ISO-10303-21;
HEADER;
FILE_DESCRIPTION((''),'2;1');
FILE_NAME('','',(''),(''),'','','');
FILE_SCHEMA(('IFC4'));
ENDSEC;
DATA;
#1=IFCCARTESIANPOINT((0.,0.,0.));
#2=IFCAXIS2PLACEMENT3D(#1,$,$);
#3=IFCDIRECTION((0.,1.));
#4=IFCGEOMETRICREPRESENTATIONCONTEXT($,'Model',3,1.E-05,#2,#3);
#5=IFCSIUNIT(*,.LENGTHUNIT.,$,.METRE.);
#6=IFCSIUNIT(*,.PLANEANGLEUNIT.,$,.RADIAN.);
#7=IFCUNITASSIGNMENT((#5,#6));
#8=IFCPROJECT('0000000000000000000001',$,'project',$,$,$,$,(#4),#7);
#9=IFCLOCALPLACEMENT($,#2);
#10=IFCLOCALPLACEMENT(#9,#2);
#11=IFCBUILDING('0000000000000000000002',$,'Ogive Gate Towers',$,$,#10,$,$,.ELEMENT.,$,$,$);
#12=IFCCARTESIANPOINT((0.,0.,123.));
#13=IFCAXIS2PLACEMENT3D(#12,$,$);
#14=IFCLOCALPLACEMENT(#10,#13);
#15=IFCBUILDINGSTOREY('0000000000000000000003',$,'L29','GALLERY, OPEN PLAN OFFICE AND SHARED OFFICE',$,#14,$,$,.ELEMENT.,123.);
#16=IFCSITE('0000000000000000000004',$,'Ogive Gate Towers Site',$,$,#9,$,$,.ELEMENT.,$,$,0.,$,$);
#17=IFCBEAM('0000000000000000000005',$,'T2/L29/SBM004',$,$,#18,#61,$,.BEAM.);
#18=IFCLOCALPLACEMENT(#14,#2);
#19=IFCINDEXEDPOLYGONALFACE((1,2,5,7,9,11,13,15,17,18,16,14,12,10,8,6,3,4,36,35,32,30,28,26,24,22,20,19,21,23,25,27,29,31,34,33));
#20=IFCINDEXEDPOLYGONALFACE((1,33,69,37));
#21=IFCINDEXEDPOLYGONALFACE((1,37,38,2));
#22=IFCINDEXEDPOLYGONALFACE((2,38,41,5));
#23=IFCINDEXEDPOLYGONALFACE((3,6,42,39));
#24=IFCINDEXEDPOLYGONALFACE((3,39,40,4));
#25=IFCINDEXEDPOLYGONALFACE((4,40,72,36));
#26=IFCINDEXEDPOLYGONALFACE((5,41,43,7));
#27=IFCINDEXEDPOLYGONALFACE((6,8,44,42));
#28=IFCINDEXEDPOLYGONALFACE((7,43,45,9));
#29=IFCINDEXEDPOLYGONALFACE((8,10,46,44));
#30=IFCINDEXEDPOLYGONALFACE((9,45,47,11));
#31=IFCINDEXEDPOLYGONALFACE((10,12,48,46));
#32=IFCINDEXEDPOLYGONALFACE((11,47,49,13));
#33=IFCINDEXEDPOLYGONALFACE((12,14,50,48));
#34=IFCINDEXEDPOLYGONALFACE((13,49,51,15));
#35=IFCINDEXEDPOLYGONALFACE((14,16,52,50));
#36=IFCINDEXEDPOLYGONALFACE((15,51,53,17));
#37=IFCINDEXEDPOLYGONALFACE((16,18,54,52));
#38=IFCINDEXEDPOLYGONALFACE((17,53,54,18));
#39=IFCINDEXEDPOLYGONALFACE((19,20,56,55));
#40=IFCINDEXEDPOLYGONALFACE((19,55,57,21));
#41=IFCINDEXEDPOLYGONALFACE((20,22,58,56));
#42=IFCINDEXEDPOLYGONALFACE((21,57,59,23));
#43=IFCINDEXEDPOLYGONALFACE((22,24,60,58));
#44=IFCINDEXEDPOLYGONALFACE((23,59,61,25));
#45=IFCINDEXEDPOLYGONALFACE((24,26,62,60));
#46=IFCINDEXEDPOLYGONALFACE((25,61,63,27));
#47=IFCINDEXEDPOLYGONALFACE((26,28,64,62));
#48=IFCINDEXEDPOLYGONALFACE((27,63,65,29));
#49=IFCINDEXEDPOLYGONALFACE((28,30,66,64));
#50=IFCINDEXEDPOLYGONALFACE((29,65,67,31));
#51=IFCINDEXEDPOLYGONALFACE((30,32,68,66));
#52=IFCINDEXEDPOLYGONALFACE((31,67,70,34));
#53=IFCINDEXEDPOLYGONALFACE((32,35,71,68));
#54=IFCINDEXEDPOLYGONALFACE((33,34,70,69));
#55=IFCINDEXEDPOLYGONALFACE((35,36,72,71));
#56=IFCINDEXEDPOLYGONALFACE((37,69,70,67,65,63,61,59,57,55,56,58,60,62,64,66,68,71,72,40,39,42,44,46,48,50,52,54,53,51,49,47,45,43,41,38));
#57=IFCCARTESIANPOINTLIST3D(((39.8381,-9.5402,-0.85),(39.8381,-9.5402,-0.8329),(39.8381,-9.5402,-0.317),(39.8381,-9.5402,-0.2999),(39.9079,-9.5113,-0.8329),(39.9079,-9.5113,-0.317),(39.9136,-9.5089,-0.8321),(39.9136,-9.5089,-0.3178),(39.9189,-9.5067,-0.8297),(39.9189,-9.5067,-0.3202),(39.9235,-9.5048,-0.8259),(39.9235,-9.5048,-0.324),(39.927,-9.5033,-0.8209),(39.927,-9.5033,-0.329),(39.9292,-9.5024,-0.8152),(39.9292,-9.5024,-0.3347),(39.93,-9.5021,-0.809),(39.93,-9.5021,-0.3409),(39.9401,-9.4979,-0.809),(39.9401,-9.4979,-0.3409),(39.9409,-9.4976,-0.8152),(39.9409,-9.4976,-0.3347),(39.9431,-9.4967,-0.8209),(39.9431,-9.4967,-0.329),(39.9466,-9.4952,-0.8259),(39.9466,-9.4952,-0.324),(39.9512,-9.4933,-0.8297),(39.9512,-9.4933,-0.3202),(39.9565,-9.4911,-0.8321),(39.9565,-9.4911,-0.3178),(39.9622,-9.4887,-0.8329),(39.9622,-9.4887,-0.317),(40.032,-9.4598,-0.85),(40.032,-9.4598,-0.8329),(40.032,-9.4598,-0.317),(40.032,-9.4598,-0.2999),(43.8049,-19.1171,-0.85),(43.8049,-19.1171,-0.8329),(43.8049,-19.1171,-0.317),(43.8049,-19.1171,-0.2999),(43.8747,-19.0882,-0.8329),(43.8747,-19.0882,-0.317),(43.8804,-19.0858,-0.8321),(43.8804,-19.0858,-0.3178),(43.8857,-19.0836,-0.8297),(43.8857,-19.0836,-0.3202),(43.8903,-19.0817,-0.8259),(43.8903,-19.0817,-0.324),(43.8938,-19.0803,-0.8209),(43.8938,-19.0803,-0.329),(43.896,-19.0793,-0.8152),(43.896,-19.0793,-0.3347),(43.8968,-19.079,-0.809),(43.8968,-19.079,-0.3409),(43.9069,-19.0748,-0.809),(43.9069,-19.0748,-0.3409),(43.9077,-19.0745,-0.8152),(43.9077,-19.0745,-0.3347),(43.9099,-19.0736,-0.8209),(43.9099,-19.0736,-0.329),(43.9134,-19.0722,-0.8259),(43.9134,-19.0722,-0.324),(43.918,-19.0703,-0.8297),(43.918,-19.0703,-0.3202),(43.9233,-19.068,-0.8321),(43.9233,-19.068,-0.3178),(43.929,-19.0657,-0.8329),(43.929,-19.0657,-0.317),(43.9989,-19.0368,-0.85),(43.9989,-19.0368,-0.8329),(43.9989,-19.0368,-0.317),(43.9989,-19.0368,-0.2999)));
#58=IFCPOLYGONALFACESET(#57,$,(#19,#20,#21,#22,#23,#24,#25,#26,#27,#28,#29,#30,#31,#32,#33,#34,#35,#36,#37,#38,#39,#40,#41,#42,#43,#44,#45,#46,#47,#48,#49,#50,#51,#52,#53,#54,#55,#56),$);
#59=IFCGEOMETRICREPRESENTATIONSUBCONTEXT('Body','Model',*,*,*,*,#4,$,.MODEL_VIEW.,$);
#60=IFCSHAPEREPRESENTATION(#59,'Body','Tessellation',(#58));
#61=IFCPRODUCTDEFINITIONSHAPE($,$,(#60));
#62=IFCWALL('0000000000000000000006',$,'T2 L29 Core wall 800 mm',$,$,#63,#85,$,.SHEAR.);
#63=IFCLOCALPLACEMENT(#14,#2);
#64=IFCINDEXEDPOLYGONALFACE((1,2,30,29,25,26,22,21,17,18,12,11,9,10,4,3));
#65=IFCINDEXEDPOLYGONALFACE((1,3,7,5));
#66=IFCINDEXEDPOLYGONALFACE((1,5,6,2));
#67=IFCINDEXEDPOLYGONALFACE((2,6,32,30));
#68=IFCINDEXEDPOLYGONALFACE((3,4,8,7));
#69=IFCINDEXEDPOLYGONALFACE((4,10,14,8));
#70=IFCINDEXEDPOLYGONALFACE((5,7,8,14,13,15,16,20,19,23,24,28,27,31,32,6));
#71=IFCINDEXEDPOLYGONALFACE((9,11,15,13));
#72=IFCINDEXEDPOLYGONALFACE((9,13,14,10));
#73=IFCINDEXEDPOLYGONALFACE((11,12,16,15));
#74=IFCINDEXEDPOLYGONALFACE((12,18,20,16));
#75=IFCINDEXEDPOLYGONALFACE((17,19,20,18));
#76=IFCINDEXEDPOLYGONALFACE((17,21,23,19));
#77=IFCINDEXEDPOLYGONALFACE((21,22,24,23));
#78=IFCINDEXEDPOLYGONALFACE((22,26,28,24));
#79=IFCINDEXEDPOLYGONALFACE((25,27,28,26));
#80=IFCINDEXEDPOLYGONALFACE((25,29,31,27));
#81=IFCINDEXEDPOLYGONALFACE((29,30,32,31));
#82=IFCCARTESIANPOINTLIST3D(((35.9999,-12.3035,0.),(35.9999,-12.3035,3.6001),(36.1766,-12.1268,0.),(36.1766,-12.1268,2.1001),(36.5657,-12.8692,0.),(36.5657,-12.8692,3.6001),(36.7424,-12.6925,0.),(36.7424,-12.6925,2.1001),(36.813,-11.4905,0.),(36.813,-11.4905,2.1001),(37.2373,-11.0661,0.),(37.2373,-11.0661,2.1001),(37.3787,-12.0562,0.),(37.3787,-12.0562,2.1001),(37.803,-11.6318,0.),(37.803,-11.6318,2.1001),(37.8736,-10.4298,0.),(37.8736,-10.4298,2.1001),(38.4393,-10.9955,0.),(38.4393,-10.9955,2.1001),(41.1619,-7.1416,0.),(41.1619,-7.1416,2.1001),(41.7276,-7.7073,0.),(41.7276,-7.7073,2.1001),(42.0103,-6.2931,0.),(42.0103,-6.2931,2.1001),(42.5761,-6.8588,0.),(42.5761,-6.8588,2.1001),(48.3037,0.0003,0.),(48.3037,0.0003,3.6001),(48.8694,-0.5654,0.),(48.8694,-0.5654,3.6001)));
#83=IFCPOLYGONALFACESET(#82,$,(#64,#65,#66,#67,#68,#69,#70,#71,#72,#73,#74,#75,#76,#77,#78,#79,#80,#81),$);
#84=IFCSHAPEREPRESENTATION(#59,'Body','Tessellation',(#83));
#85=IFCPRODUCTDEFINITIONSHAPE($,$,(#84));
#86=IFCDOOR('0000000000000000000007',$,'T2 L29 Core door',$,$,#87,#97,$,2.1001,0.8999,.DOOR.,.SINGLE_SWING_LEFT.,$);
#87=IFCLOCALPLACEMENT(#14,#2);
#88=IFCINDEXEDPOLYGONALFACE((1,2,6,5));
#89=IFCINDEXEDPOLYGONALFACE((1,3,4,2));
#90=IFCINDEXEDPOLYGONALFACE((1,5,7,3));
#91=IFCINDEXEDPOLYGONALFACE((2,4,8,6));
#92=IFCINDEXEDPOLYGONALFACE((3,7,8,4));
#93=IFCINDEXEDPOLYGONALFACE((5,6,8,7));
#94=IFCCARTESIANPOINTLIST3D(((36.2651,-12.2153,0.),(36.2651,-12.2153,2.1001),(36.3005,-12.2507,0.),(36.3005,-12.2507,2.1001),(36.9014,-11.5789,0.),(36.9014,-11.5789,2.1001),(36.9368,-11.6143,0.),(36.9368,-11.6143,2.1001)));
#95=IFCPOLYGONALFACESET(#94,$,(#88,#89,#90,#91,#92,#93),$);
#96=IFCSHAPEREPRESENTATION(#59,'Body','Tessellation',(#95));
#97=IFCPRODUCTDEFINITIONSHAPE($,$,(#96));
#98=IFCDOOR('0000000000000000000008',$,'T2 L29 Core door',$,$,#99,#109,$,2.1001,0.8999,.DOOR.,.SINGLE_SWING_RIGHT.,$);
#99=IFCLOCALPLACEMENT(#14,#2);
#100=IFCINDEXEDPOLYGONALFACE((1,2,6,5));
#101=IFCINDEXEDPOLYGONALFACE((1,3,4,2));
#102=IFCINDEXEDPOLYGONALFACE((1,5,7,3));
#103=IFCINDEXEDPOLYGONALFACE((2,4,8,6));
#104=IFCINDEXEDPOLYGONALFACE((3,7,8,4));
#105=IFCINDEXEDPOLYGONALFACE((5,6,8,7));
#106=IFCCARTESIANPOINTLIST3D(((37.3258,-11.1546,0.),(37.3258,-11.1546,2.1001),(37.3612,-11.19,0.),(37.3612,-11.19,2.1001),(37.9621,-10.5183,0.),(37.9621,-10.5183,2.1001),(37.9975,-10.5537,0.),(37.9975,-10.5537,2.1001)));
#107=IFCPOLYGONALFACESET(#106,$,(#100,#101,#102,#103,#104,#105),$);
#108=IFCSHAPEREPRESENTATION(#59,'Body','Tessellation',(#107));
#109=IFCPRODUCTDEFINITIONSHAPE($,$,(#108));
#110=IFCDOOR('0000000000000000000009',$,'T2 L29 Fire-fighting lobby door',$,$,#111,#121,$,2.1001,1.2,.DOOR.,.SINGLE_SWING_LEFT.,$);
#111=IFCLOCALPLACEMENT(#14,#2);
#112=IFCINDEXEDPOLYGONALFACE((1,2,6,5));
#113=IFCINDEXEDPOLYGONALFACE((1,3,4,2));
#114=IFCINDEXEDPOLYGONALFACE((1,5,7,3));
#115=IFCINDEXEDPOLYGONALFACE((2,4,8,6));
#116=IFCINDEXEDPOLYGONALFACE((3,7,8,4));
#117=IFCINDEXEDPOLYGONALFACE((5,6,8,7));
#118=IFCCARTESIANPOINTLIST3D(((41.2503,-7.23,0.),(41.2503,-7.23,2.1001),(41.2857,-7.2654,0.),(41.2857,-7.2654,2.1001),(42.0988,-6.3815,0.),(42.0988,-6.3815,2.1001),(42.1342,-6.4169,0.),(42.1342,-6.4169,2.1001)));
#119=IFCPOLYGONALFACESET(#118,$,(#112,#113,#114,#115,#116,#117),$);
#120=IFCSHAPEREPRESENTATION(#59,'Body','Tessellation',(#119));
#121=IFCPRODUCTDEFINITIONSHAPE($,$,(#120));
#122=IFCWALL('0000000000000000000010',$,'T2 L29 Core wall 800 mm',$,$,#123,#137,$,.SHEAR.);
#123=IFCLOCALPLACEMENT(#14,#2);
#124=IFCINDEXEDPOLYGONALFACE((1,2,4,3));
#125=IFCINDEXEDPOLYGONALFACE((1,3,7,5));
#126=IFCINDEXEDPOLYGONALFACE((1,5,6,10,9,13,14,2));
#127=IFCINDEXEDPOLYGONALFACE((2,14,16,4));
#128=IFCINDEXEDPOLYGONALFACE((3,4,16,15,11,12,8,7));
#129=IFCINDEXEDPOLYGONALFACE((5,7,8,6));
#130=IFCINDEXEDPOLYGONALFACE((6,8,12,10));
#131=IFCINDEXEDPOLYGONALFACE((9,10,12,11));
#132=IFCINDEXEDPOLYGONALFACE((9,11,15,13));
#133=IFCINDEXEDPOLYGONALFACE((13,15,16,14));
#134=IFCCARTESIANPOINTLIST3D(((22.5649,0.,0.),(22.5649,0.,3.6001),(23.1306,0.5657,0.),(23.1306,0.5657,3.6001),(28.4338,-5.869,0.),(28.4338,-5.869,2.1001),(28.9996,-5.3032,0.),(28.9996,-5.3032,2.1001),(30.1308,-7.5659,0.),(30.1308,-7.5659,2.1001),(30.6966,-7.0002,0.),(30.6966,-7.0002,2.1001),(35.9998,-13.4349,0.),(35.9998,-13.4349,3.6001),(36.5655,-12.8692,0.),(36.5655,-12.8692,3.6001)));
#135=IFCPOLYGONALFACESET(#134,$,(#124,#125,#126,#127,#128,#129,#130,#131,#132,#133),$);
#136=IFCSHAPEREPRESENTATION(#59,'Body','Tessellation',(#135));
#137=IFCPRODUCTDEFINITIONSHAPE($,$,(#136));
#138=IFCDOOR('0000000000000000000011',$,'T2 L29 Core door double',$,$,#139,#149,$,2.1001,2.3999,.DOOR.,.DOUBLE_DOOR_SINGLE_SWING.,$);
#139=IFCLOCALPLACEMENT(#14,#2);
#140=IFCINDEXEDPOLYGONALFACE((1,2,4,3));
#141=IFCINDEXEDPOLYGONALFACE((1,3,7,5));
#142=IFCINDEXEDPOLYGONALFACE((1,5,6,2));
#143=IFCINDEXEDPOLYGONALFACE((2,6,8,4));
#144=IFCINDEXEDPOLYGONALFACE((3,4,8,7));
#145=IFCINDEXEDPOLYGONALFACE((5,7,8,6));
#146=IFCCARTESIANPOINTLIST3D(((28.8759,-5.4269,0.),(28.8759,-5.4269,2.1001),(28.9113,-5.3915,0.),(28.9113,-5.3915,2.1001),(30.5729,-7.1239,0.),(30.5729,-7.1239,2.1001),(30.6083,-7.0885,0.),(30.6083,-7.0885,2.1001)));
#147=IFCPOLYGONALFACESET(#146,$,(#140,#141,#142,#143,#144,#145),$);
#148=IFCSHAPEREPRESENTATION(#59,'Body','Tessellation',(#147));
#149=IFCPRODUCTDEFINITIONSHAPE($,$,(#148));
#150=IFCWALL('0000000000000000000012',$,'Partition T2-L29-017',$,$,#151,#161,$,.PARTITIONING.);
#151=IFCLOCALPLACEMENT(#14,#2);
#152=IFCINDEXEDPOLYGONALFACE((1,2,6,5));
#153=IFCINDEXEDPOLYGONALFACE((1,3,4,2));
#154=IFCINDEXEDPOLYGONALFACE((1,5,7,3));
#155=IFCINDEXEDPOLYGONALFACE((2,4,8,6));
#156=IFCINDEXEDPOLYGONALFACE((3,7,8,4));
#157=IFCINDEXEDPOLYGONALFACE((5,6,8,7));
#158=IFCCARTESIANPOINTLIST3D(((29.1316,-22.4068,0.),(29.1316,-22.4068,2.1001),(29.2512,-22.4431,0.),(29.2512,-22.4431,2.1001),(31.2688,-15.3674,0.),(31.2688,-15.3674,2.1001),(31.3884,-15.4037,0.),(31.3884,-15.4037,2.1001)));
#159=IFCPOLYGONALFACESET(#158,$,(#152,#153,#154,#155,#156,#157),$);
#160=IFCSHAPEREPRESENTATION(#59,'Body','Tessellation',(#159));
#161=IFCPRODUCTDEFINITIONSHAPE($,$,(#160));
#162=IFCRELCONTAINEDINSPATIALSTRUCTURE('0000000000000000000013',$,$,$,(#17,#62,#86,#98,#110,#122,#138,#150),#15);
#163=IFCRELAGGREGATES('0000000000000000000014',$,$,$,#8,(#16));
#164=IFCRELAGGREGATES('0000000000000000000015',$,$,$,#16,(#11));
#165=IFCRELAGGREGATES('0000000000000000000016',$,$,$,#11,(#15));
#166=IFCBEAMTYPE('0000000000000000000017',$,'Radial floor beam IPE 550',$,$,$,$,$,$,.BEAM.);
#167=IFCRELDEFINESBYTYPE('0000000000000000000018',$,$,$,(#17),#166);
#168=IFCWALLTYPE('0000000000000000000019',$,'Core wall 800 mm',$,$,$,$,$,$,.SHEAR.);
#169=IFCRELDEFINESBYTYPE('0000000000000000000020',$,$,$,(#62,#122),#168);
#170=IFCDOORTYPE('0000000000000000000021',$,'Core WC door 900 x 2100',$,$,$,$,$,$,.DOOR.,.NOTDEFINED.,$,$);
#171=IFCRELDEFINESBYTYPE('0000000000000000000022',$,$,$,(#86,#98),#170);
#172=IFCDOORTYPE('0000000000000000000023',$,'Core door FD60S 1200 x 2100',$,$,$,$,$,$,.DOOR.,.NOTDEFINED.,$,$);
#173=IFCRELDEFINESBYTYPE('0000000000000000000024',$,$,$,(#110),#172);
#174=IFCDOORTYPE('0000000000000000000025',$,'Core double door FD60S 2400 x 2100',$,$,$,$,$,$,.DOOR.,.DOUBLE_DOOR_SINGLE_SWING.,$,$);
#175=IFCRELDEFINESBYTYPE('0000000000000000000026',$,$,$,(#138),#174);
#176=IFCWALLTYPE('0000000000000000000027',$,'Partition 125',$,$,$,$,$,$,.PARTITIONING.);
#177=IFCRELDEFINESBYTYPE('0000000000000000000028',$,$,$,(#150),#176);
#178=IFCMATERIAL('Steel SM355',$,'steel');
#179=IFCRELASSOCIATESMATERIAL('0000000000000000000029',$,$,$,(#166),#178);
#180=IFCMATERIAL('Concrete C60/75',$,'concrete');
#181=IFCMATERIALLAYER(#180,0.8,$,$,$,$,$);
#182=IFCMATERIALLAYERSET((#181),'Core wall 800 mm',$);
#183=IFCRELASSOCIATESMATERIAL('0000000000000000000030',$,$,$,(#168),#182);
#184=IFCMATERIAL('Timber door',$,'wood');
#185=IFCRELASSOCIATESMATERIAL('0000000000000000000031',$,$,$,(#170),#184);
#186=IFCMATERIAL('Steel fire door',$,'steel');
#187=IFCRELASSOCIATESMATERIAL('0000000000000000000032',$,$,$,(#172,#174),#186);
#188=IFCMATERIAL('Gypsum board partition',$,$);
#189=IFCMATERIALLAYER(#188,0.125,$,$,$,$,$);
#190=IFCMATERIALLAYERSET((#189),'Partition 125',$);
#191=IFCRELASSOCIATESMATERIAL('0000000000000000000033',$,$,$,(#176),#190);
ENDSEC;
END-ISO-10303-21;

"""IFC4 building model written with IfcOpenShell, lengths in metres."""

from ifc_helpers import new_model, si_unit, direction, frame, frame_2d, origin, origin_2d, place, context, subcontext, project, spatial, rectangle, i_section, extrude, material, layer, layer_set, material_profile, profile_set, type_object, element, fill, save


model = new_model("IFC4")

# Units and contexts
model_context = context("Model", 3, precision=1e-05, world=origin(), true_north=direction((0.0, 1.0)))
body_context = subcontext(model_context, "Body", "Model", "MODEL_VIEW")
ifc_project = project(units=[si_unit("LENGTHUNIT", "METRE"), si_unit("PLANEANGLEUNIT", "RADIAN")], contexts=[model_context])

# Site, building, storey
site_placement = place(None, origin())
site = spatial("IfcSite", under=ifc_project, at=site_placement, Name="Ogive Gate Towers Site", CompositionType="ELEMENT", RefElevation=0.0)
building_placement = place(site_placement, origin())
building = spatial("IfcBuilding", under=site, at=building_placement, Name="Ogive Gate Towers", CompositionType="ELEMENT")
storey_placement = place(building_placement, frame((0.0, 0.0, 123.0)))
storey = spatial("IfcBuildingStorey", under=building, at=storey_placement, Name="L29", Description="GALLERY, OPEN PLAN OFFICE AND SHARED OFFICE", CompositionType="ELEMENT", Elevation=123.0)

# Beam
ifc_material_1 = material(Name="Steel SM355", Category="steel")
ifc_material_profile_1 = material_profile(ifc_material_1, i_section(OverallWidth=0.21, OverallDepth=0.55, WebThickness=0.011, FlangeThickness=0.0171, FilletRadius=0.0239, at=origin_2d()), Name="IPE 550")
ifc_profile_set_1 = profile_set([ifc_material_profile_1], Name="Steel SM355")
beam_type_1 = type_object("IfcBeamType", Name="Radial floor beam IPE 550", PredefinedType="BEAM", material=ifc_profile_set_1)
beam_1_placement = place(storey_placement, frame((39.9351, -9.5, -0.575), z_axis=(0.382676, -0.923882, 0.0), x_axis=(0.923882, 0.382676, 0.0)))
element("IfcBeam", 1, at=beam_1_placement, inside=storey, type_object=beam_type_1, Name="T2/L29/SBM004", PredefinedType="BEAM", context=body_context, shape_type="SweptSolid", body=[
    extrude(i_section(OverallWidth=0.21, OverallDepth=0.55, WebThickness=0.011, FlangeThickness=0.0171, FilletRadius=0.0239, at=origin_2d()), origin(), (0.0, 0.0, 1.0), 10.366),
])

# Wall, openings, doors
ifc_material_2 = material(Name="Concrete C60/75", Category="concrete")
ifc_layer_1 = layer(ifc_material_2, 0.8)
ifc_layer_set_1 = layer_set([ifc_layer_1], Name="Core wall 800 mm")
wall_type_1 = type_object("IfcWallType", Name="Core wall 800 mm", PredefinedType="SHEAR", material=ifc_layer_set_1)
wall_1_placement = place(storey_placement, frame((36.2827, -12.5864, 0.0), z_axis=(0.0, 0.0, 1.0), x_axis=(0.707107, 0.707107, 0.0)))
wall_1 = element("IfcWall", 2, at=wall_1_placement, inside=storey, type_object=wall_type_1, Name="T2 L29 Core wall 800 mm", PredefinedType="SHEAR", context=body_context, shape_type="SweptSolid", body=[
    extrude(rectangle(XDim=17.4001, YDim=0.8, at=frame_2d((8.7002, 0.0))), origin(), (0.0, 0.0, 1.0), 3.6001),
])
opening_1_placement = place(wall_1_placement, frame((7.3, 0.0, 0.0)))
opening_1 = element("IfcOpeningElement", 3, at=opening_1_placement, cuts=wall_1, PredefinedType="OPENING", context=body_context, shape_type="SweptSolid", body=[
    extrude(rectangle(XDim=1.2, YDim=2.1001, at=frame_2d((0.6001, 1.05))), frame((0.0, 0.4102, 0.0), z_axis=(0.0, -1.0, 0.0), x_axis=(1.0, 0.0, 0.0)), (0.0, 0.0, 1.0), 0.8201),
])
opening_2_placement = place(wall_1_placement, frame((0.25, 0.0, 0.0)))
opening_2 = element("IfcOpeningElement", 4, at=opening_2_placement, cuts=wall_1, PredefinedType="OPENING", context=body_context, shape_type="SweptSolid", body=[
    extrude(rectangle(XDim=0.8999, YDim=2.1001, at=frame_2d((0.45, 1.05))), frame((0.0, 0.4102, 0.0), z_axis=(0.0, -1.0, 0.0), x_axis=(1.0, 0.0, 0.0)), (0.0, 0.0, 1.0), 0.8201),
])
opening_3_placement = place(wall_1_placement, frame((1.75, 0.0, 0.0)))
opening_3 = element("IfcOpeningElement", 5, at=opening_3_placement, cuts=wall_1, PredefinedType="OPENING", context=body_context, shape_type="SweptSolid", body=[
    extrude(rectangle(XDim=0.8999, YDim=2.1001, at=frame_2d((0.45, 1.05))), frame((0.0, 0.4102, 0.0), z_axis=(0.0, -1.0, 0.0), x_axis=(1.0, 0.0, 0.0)), (0.0, 0.0, 1.0), 0.8201),
])
ifc_material_3 = material(Name="Timber door", Category="wood")
door_type_1 = type_object("IfcDoorType", Name="Core WC door 900 x 2100", OperationType="NOTDEFINED", PredefinedType="DOOR", material=ifc_material_3)
door_1_placement = place(opening_2_placement, origin())
door_1 = element("IfcDoor", 6, at=door_1_placement, inside=storey, type_object=door_type_1, Name="T2 L29 Core door", OperationType="SINGLE_SWING_LEFT", OverallHeight=2.1001, OverallWidth=0.8999, PredefinedType="DOOR", context=body_context, shape_type="SweptSolid", body=[
    extrude(rectangle(XDim=0.8999, YDim=2.1001, at=frame_2d((0.45, 1.05))), frame((0.0, 0.2749, 0.0), z_axis=(0.0, -1.0, 0.0), x_axis=(1.0, 0.0, 0.0)), (0.0, 0.0, 1.0), 0.05),
])
fill(opening_2, door_1)
door_2_placement = place(opening_3_placement, origin())
door_2 = element("IfcDoor", 7, at=door_2_placement, inside=storey, type_object=door_type_1, Name="T2 L29 Core door", OperationType="SINGLE_SWING_RIGHT", OverallHeight=2.1001, OverallWidth=0.8999, PredefinedType="DOOR", context=body_context, shape_type="SweptSolid", body=[
    extrude(rectangle(XDim=0.8999, YDim=2.1001, at=frame_2d((0.45, 1.05))), frame((0.0, 0.2749, 0.0), z_axis=(0.0, -1.0, 0.0), x_axis=(1.0, 0.0, 0.0)), (0.0, 0.0, 1.0), 0.05),
])
fill(opening_3, door_2)
ifc_material_4 = material(Name="Steel fire door", Category="steel")
door_type_2 = type_object("IfcDoorType", Name="Core door FD60S 1200 x 2100", OperationType="NOTDEFINED", PredefinedType="DOOR", material=ifc_material_4)
door_3_placement = place(opening_1_placement, origin())
door_3 = element("IfcDoor", 8, at=door_3_placement, inside=storey, type_object=door_type_2, Name="T2 L29 Fire-fighting lobby door", OperationType="SINGLE_SWING_LEFT", OverallHeight=2.1001, OverallWidth=1.2, PredefinedType="DOOR", context=body_context, shape_type="SweptSolid", body=[
    extrude(rectangle(XDim=1.2, YDim=2.1001, at=frame_2d((0.6001, 1.05))), frame((0.0, 0.2749, 0.0), z_axis=(0.0, -1.0, 0.0), x_axis=(1.0, 0.0, 0.0)), (0.0, 0.0, 1.0), 0.05),
])
fill(opening_1, door_3)

# Wall, opening, door
wall_2_placement = place(storey_placement, frame((36.2827, -13.1521, 0.0), z_axis=(0.0, 0.0, 1.0), x_axis=(-0.707107, 0.707107, 0.0)))
wall_2 = element("IfcWall", 9, at=wall_2_placement, inside=storey, type_object=wall_type_1, Name="T2 L29 Core wall 800 mm", PredefinedType="SHEAR", context=body_context, shape_type="SweptSolid", body=[
    extrude(rectangle(XDim=18.9998, YDim=0.8, at=frame_2d((9.5, 0.0))), origin(), (0.0, 0.0, 1.0), 3.6001),
])
opening_4_placement = place(wall_2_placement, frame((8.3, 0.0, 0.0)))
opening_4 = element("IfcOpeningElement", 10, at=opening_4_placement, cuts=wall_2, PredefinedType="OPENING", context=body_context, shape_type="SweptSolid", body=[
    extrude(rectangle(XDim=2.3999, YDim=2.1001, at=frame_2d((1.2, 1.05))), frame((0.0, 0.4102, 0.0), z_axis=(0.0, -1.0, 0.0), x_axis=(1.0, 0.0, 0.0)), (0.0, 0.0, 1.0), 0.8201),
])
door_type_3 = type_object("IfcDoorType", Name="Core double door FD60S 2400 x 2100", OperationType="DOUBLE_DOOR_SINGLE_SWING", PredefinedType="DOOR", material=ifc_material_4)
door_4_placement = place(opening_4_placement, origin())
door_4 = element("IfcDoor", 11, at=door_4_placement, inside=storey, type_object=door_type_3, Name="T2 L29 Core door double", OperationType="DOUBLE_DOOR_SINGLE_SWING", OverallHeight=2.1001, OverallWidth=2.3999, PredefinedType="DOOR", context=body_context, shape_type="SweptSolid", body=[
    extrude(rectangle(XDim=2.3999, YDim=2.1001, at=frame_2d((1.2, 1.05))), frame((0.0, -0.2251, 0.0), z_axis=(0.0, -1.0, 0.0), x_axis=(1.0, 0.0, 0.0)), (0.0, 0.0, 1.0), 0.05),
])
fill(opening_4, door_4)

# Wall
ifc_material_5 = material(Name="Gypsum board partition")
ifc_layer_2 = layer(ifc_material_5, 0.125)
ifc_layer_set_2 = layer_set([ifc_layer_2], Name="Partition 125")
wall_type_2 = type_object("IfcWallType", Name="Partition 125", PredefinedType="PARTITIONING", material=ifc_layer_set_2)
wall_3_placement = place(storey_placement, frame((29.1914, -22.4248, 0.0), z_axis=(0.0, 0.0, 1.0), x_axis=(0.290516, 0.95687, 0.0)))
element("IfcWall", 12, at=wall_3_placement, inside=storey, type_object=wall_type_2, Name="Partition T2-L29-017", PredefinedType="PARTITIONING", context=body_context, shape_type="SweptSolid", body=[
    extrude(rectangle(XDim=7.3567, YDim=0.125, at=frame_2d((3.6782, 0.0))), origin(), (0.0, 0.0, 1.0), 2.1001),
])

save(model, "model.ifc")
